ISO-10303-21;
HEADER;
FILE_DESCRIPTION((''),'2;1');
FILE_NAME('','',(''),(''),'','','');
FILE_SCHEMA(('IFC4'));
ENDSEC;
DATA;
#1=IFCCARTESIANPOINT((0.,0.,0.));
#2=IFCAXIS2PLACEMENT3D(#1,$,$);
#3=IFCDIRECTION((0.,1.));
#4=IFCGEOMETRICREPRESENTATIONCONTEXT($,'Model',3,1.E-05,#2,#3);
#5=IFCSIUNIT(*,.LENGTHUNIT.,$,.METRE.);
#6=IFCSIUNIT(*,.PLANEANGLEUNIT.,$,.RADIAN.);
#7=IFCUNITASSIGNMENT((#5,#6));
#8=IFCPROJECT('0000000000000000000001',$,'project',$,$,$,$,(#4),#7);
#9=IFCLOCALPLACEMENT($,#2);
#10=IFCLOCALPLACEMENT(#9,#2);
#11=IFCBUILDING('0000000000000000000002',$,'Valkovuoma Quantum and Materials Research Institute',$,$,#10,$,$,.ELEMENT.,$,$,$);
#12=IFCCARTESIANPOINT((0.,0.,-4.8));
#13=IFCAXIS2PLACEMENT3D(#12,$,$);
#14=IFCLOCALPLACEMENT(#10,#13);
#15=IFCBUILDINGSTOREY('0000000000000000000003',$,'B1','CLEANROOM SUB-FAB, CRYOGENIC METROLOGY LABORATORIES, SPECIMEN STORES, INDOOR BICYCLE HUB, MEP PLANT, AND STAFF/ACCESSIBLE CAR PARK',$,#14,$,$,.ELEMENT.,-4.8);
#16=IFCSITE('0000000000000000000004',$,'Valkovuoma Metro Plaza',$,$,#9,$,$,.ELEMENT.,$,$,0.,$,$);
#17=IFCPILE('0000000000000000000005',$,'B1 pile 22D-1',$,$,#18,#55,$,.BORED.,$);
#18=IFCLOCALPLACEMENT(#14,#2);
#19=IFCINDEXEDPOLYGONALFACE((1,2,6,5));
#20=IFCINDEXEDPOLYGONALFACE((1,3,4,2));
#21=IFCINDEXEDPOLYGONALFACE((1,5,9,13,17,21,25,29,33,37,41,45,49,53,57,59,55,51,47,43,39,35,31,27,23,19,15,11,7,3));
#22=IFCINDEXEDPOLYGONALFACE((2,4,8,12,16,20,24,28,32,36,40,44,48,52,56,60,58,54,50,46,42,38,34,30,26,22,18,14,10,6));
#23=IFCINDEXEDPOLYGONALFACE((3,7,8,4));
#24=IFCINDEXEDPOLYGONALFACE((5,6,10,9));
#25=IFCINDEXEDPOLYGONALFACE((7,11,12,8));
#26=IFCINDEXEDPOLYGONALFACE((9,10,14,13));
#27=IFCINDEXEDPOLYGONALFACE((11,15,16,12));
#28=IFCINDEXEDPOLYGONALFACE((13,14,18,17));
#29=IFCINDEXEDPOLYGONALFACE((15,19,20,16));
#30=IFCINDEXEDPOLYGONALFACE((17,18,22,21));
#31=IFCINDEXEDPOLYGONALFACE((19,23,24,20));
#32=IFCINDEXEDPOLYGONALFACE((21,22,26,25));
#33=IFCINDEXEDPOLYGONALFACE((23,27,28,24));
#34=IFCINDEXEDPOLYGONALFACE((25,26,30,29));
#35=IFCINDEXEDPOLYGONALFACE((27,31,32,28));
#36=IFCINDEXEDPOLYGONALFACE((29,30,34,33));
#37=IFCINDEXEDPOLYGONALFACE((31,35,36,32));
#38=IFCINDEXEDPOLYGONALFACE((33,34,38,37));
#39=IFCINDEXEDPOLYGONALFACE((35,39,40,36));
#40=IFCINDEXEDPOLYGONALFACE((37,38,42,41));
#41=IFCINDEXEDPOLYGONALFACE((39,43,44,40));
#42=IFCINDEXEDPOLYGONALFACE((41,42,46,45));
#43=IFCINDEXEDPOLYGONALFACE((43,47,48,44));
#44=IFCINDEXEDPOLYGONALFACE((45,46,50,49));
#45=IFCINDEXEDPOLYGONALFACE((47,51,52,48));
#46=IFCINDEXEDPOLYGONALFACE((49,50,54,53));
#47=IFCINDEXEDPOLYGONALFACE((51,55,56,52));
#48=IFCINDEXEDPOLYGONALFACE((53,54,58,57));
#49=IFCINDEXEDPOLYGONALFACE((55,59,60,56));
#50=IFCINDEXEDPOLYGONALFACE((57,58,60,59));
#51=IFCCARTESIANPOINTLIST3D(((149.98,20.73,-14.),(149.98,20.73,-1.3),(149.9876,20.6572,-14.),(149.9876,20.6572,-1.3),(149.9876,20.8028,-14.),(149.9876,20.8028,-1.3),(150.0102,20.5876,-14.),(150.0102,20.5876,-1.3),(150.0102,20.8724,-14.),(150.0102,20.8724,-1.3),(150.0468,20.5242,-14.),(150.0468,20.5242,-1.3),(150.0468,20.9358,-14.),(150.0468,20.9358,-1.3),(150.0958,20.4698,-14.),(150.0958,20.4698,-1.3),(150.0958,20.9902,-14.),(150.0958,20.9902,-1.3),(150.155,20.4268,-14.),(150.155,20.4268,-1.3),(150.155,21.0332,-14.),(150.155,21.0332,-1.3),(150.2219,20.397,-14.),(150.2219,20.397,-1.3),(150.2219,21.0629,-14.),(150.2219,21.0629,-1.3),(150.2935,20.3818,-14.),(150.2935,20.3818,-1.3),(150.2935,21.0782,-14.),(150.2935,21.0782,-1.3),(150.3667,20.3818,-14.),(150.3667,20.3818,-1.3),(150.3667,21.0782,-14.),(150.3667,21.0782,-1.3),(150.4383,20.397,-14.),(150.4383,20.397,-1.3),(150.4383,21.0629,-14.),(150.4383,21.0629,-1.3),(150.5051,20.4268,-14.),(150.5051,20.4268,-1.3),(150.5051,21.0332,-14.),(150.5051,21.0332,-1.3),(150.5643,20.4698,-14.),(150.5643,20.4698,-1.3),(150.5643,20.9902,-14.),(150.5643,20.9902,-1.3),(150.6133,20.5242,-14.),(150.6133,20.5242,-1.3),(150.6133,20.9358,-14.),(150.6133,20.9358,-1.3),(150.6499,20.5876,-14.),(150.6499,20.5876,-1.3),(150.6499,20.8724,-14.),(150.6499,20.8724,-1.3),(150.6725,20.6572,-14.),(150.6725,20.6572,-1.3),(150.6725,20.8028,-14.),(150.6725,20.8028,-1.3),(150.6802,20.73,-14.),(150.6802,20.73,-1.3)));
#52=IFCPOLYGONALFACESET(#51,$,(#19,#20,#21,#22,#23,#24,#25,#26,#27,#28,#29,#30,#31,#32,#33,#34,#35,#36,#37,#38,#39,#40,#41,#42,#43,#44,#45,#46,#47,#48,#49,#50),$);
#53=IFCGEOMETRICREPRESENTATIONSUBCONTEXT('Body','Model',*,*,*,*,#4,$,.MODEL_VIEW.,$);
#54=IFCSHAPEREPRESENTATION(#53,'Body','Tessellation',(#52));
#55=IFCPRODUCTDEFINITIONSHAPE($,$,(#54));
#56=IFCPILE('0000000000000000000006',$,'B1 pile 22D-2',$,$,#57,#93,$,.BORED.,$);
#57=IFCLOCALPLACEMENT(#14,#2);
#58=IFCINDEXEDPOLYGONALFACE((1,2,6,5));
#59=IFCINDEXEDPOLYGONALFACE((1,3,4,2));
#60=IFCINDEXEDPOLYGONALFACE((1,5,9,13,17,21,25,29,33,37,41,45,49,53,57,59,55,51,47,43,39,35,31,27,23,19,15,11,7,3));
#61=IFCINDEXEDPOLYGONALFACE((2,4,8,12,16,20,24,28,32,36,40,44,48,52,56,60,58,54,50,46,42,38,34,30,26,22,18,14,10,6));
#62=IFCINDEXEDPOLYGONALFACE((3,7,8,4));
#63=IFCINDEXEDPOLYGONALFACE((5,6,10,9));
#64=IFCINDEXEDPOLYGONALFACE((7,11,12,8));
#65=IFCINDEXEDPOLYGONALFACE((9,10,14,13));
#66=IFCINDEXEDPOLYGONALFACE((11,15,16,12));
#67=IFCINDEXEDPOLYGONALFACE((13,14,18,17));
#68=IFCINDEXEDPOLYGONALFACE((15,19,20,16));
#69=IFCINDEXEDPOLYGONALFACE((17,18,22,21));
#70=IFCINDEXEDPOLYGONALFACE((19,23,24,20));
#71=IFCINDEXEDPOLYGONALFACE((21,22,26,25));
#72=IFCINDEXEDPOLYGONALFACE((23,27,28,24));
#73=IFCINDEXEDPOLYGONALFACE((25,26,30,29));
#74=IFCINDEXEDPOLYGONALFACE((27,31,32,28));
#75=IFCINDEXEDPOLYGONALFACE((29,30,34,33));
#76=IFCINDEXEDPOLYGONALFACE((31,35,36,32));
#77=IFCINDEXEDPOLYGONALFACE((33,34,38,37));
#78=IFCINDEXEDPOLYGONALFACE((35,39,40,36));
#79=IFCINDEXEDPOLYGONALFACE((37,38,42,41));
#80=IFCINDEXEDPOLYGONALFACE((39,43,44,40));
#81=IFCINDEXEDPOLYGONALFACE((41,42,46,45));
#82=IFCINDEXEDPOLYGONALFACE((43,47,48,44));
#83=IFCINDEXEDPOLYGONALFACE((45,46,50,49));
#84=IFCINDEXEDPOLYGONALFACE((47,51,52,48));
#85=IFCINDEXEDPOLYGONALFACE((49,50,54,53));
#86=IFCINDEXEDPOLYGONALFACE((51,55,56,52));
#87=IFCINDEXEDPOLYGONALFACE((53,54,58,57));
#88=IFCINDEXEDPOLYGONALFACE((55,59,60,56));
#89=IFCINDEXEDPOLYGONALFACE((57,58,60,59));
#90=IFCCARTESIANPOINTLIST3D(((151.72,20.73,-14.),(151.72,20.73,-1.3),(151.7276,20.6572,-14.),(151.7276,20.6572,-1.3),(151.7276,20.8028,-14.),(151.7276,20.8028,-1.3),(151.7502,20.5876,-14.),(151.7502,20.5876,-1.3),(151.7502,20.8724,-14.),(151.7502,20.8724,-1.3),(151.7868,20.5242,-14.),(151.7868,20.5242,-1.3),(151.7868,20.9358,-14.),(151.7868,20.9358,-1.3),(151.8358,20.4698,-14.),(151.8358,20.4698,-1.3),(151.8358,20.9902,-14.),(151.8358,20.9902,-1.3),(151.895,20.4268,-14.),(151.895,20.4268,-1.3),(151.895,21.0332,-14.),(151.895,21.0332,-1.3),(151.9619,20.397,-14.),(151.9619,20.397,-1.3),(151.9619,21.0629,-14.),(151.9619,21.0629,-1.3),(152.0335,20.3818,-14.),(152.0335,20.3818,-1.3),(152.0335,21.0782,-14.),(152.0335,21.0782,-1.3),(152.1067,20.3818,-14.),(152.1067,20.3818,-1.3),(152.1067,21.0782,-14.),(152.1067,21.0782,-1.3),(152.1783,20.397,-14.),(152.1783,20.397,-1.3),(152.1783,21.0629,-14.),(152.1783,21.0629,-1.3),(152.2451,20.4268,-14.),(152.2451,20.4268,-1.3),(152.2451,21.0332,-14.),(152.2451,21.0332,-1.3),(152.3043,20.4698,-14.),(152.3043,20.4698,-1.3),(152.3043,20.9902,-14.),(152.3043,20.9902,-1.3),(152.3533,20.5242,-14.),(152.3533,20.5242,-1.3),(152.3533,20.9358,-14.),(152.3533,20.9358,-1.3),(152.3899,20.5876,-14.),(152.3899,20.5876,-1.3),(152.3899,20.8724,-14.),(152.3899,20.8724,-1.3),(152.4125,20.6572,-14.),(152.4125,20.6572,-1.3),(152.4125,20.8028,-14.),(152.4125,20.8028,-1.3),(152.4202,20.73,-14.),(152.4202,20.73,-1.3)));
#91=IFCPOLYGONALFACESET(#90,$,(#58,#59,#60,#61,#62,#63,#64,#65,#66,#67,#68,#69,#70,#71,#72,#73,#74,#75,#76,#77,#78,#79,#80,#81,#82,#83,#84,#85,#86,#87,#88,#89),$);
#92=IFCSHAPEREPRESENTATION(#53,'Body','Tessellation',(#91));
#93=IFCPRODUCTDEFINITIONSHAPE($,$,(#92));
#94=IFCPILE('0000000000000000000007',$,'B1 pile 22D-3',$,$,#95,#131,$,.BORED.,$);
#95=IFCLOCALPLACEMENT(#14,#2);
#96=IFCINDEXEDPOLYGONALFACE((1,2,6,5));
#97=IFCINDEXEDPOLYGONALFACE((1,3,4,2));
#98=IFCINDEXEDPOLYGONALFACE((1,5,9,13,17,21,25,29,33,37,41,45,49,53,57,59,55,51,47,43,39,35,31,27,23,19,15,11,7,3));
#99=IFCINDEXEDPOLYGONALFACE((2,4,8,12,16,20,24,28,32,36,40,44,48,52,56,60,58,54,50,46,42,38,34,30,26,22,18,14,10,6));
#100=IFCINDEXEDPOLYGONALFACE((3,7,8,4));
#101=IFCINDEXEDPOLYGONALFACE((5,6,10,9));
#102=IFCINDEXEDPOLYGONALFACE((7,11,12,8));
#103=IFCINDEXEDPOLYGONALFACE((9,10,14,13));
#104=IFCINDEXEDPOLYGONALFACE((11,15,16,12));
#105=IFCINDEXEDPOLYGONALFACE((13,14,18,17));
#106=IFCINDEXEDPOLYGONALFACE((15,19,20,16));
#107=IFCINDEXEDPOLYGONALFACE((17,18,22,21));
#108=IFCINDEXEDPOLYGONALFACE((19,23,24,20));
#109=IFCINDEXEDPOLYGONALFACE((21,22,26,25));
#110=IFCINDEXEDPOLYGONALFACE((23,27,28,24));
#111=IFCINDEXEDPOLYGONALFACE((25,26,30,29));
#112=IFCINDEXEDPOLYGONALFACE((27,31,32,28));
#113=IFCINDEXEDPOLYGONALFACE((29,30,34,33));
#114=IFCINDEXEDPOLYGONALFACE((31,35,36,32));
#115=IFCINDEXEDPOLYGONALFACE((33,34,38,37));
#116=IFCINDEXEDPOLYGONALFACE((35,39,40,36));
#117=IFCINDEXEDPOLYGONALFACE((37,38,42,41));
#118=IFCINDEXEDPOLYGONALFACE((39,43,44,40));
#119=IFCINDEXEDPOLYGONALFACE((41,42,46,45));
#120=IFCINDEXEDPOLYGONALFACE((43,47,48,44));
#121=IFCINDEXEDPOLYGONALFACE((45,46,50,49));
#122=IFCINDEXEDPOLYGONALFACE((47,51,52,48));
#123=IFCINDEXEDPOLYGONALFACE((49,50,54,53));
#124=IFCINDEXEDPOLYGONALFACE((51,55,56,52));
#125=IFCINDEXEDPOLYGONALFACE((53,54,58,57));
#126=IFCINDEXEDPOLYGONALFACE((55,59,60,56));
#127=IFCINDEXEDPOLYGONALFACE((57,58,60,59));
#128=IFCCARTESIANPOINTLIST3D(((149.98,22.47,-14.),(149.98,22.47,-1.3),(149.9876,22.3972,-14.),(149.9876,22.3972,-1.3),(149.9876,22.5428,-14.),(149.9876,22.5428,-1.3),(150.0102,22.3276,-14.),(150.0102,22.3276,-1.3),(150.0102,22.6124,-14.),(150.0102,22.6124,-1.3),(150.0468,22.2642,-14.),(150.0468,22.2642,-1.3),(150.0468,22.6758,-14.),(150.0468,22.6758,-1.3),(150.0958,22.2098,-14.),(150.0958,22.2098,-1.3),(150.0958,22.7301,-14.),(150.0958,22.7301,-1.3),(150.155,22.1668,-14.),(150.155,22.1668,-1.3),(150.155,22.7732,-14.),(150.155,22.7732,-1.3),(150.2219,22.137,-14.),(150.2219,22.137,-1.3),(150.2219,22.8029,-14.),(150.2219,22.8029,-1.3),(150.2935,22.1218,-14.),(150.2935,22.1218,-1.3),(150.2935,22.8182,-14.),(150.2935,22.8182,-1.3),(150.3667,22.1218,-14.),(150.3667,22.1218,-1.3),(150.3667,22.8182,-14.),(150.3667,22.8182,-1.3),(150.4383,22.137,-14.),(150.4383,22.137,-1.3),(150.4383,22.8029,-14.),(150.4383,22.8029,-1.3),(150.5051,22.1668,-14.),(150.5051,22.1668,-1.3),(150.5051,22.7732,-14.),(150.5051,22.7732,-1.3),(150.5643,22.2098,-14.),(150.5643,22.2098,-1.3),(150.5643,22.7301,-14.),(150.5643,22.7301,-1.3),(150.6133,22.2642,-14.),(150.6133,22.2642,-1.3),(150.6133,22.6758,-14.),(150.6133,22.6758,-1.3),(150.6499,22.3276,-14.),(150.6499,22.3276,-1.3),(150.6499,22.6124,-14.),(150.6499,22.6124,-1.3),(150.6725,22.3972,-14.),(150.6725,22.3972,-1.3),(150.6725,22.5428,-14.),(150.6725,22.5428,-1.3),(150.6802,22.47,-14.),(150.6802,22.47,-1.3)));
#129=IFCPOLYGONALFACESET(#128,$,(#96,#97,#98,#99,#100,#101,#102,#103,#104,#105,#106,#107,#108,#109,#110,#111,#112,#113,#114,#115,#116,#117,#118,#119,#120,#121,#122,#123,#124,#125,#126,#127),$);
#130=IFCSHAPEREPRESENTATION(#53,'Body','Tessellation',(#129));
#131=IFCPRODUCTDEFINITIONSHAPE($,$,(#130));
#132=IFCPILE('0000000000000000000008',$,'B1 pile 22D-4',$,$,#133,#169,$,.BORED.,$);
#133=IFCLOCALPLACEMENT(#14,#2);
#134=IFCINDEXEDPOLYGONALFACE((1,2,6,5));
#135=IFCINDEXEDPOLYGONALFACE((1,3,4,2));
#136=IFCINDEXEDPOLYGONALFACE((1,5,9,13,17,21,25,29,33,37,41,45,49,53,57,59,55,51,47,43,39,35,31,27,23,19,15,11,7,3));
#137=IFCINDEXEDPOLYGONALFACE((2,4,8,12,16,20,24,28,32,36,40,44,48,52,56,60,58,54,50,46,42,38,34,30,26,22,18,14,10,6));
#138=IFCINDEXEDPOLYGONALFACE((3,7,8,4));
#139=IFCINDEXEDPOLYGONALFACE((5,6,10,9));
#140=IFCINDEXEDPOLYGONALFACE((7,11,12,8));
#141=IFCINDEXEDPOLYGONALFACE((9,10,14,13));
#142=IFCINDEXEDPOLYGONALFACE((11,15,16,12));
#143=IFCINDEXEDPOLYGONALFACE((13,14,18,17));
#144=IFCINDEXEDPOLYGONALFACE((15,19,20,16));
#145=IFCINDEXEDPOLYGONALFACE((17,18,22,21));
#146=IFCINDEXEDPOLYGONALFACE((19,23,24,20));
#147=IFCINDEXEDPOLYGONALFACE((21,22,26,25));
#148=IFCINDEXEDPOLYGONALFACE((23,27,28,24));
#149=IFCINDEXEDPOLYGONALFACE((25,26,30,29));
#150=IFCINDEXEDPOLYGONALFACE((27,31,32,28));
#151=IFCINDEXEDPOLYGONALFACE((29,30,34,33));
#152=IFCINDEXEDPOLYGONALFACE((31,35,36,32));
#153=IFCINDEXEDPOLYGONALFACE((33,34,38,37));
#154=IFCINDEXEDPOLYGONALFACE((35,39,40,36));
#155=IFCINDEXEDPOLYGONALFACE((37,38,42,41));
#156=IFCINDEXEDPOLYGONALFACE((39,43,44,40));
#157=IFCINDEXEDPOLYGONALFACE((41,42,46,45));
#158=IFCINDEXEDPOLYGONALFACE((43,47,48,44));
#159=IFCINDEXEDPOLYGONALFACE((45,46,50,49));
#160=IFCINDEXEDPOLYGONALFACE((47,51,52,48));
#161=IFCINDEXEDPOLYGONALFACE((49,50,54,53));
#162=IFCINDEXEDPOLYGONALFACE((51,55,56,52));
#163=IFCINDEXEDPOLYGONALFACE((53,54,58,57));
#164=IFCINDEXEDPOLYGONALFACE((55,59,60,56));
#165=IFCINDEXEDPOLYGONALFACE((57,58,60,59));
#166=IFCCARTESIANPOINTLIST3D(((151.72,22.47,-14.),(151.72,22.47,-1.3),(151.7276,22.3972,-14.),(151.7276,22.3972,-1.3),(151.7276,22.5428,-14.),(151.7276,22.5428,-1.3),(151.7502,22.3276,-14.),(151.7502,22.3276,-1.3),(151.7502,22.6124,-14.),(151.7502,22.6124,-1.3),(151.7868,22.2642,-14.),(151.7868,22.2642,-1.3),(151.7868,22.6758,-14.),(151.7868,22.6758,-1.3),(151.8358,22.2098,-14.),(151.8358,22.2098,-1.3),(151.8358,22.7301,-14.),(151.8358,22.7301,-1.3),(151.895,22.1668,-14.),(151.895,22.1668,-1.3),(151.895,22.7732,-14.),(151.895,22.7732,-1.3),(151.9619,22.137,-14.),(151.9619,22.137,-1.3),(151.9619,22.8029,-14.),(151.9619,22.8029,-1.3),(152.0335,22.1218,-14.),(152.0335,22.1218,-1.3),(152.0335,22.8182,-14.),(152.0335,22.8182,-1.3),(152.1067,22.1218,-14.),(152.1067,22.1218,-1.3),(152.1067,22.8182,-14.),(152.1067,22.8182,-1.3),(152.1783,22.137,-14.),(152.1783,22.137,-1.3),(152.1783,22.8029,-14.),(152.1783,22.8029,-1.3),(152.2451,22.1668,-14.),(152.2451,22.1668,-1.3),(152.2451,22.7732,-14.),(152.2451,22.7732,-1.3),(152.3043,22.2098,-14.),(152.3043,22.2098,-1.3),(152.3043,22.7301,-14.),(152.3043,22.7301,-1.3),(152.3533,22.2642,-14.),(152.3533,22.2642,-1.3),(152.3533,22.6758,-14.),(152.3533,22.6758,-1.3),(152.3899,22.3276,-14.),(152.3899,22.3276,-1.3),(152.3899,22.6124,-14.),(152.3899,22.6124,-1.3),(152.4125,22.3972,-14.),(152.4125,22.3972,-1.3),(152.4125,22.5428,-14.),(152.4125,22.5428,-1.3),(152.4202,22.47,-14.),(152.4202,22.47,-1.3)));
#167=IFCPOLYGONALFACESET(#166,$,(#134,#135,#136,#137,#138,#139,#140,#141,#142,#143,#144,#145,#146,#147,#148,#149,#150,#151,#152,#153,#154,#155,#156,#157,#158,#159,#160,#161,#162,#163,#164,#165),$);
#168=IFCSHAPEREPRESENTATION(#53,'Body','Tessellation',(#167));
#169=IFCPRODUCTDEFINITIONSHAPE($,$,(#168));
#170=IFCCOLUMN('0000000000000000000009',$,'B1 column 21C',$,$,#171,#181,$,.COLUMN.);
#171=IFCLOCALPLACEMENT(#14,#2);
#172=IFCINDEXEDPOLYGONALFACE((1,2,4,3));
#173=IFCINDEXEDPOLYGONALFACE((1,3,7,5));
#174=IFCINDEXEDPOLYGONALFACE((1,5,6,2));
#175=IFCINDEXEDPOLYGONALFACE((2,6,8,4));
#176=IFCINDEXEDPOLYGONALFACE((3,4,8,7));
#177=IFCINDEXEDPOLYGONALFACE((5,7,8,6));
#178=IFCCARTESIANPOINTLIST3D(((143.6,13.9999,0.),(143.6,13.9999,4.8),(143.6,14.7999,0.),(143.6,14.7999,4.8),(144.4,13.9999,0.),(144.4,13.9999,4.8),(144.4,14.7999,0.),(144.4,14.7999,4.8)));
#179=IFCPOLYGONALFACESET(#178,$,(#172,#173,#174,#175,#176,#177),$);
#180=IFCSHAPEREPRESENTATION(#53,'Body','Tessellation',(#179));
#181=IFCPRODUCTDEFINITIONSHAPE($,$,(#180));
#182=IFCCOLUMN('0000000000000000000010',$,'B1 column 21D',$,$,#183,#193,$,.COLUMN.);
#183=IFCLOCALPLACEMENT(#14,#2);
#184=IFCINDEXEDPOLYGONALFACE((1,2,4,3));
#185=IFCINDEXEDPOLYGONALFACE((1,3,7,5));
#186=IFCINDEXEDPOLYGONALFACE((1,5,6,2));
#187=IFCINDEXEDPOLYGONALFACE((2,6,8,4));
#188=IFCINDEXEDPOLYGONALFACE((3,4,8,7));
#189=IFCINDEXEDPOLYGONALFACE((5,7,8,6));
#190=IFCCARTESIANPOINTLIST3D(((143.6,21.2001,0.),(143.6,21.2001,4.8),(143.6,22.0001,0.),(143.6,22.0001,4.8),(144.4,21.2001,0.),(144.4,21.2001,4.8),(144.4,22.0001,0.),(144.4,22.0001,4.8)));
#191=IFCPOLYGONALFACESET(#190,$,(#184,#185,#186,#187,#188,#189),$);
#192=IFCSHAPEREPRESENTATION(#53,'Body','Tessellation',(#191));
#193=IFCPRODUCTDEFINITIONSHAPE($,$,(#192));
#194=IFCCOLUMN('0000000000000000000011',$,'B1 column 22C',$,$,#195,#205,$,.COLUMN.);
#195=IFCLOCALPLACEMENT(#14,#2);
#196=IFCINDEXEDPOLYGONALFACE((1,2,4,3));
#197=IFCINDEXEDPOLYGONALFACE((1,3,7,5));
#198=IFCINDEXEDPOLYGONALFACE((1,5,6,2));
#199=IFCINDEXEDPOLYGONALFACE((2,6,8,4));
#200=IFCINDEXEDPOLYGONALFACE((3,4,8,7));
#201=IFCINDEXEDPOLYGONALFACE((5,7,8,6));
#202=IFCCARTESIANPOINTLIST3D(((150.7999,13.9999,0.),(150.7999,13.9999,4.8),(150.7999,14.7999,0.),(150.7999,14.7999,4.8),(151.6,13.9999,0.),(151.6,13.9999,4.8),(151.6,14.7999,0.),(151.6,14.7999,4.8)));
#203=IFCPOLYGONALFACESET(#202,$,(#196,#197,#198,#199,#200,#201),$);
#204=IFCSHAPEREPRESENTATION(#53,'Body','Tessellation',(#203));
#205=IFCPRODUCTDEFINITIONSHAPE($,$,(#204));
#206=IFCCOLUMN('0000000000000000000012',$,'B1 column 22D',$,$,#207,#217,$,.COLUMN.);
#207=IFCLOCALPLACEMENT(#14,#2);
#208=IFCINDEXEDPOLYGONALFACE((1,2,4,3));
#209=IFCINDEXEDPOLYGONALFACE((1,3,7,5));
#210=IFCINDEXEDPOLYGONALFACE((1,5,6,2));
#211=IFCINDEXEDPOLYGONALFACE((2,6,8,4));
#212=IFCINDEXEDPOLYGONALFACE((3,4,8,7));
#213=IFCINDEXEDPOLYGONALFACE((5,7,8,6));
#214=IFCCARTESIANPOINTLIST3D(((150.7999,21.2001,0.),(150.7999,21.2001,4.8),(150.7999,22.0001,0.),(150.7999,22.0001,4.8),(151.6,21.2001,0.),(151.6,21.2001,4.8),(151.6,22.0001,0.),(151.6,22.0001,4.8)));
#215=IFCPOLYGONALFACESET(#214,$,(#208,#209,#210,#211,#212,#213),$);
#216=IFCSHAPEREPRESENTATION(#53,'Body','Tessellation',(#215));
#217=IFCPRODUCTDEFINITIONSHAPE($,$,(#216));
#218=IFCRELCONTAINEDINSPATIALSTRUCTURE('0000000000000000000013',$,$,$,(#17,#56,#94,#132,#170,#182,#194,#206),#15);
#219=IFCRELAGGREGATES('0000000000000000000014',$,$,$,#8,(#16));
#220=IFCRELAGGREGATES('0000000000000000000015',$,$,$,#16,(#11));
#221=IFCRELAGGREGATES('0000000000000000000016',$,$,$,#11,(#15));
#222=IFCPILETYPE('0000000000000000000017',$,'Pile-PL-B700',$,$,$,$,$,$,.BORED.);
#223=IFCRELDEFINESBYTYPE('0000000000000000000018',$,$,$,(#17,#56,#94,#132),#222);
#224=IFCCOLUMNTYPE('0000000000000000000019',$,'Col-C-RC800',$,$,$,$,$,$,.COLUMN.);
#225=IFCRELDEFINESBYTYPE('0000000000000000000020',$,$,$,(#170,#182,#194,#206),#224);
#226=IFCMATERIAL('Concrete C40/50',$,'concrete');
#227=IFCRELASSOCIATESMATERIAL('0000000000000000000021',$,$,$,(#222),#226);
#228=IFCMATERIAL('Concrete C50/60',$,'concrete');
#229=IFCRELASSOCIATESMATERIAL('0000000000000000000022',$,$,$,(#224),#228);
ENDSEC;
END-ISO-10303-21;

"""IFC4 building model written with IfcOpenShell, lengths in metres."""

from ifc_helpers import new_model, si_unit, direction, frame, origin, origin_2d, place, context, subcontext, project, spatial, rectangle, circle, extrude, material, material_profile, profile_set, type_object, element, save


model = new_model("IFC4")

# Units and contexts
model_context = context("Model", 3, precision=1e-05, world=origin(), true_north=direction((0.0, 1.0)))
body_context = subcontext(model_context, "Body", "Model", "MODEL_VIEW")
ifc_project = project(units=[si_unit("LENGTHUNIT", "METRE"), si_unit("PLANEANGLEUNIT", "RADIAN")], contexts=[model_context])

# Site, building, storey
site_placement = place(None, origin())
site = spatial("IfcSite", under=ifc_project, at=site_placement, Name="Valkovuoma Metro Plaza", CompositionType="ELEMENT", RefElevation=0.0)
building_placement = place(site_placement, origin())
building = spatial("IfcBuilding", under=site, at=building_placement, Name="Valkovuoma Quantum and Materials Research Institute", CompositionType="ELEMENT")
storey_placement = place(building_placement, frame((0.0, 0.0, -4.8)))
storey = spatial("IfcBuildingStorey", under=building, at=storey_placement, Name="B1", Description="CLEANROOM SUB-FAB, CRYOGENIC METROLOGY LABORATORIES, SPECIMEN STORES, INDOOR BICYCLE HUB, MEP PLANT, AND STAFF/ACCESSIBLE CAR PARK", CompositionType="ELEMENT", Elevation=-4.8)

# Piles
ifc_material_1 = material(Name="Concrete C40/50", Category="concrete")
ifc_material_profile_1 = material_profile(ifc_material_1, circle(Radius=0.3501, at=origin_2d()), Name="Concrete C40/50")
ifc_profile_set_1 = profile_set([ifc_material_profile_1], Name="Concrete C40/50")
pile_type_1 = type_object("IfcPileType", Name="Pile-PL-B700", PredefinedType="BORED", material=ifc_profile_set_1)
for number, where, z_axis, x_axis, name in (
    (1, (150.3301, 20.73, -1.3), (0.0, 0.0, -1.0), (1.0, 0.0, 0.0), "B1 pile 22D-1"),
    (2, (152.0701, 20.73, -1.3), (0.0, 0.0, -1.0), (1.0, 0.0, 0.0), "B1 pile 22D-2"),
    (3, (150.3301, 22.47, -1.3), (0.0, 0.0, -1.0), (1.0, 0.0, 0.0), "B1 pile 22D-3"),
    (4, (152.0701, 22.47, -1.3), (0.0, 0.0, -1.0), (1.0, 0.0, 0.0), "B1 pile 22D-4"),
):
    element("IfcPile", number, at=place(storey_placement, frame(where, z_axis=z_axis, x_axis=x_axis)), inside=storey, type_object=pile_type_1, Name=name, PredefinedType="BORED", context=body_context, shape_type="SweptSolid", body=[
        extrude(circle(Radius=0.3501, at=origin_2d()), origin(), (0.0, 0.0, 1.0), 12.7),
    ])

# Columns
ifc_material_2 = material(Name="Concrete C50/60", Category="concrete")
ifc_material_profile_2 = material_profile(ifc_material_2, rectangle(XDim=0.8, YDim=0.8, at=origin_2d()), Name="Concrete C50/60")
ifc_profile_set_2 = profile_set([ifc_material_profile_2], Name="Concrete C50/60")
column_type = type_object("IfcColumnType", Name="Col-C-RC800", PredefinedType="COLUMN", material=ifc_profile_set_2)
for number, where, z_axis, x_axis, name in (
    (5, (144.0, 14.3999, 0.0), (0.0, 0.0, 1.0), (1.0, 0.0, 0.0), "B1 column 21C"),
    (6, (144.0, 21.6001, 0.0), (0.0, 0.0, 1.0), (1.0, 0.0, 0.0), "B1 column 21D"),
    (7, (151.2, 14.3999, 0.0), (0.0, 0.0, 1.0), (1.0, 0.0, 0.0), "B1 column 22C"),
    (8, (151.2, 21.6001, 0.0), (0.0, 0.0, 1.0), (1.0, 0.0, 0.0), "B1 column 22D"),
):
    element("IfcColumn", number, at=place(storey_placement, frame(where, z_axis=z_axis, x_axis=x_axis)), inside=storey, type_object=column_type, Name=name, PredefinedType="COLUMN", context=body_context, shape_type="SweptSolid", body=[
        extrude(rectangle(XDim=0.8, YDim=0.8, at=origin_2d()), origin(), (0.0, 0.0, 1.0), 4.8),
    ])

save(model, "model.ifc")
